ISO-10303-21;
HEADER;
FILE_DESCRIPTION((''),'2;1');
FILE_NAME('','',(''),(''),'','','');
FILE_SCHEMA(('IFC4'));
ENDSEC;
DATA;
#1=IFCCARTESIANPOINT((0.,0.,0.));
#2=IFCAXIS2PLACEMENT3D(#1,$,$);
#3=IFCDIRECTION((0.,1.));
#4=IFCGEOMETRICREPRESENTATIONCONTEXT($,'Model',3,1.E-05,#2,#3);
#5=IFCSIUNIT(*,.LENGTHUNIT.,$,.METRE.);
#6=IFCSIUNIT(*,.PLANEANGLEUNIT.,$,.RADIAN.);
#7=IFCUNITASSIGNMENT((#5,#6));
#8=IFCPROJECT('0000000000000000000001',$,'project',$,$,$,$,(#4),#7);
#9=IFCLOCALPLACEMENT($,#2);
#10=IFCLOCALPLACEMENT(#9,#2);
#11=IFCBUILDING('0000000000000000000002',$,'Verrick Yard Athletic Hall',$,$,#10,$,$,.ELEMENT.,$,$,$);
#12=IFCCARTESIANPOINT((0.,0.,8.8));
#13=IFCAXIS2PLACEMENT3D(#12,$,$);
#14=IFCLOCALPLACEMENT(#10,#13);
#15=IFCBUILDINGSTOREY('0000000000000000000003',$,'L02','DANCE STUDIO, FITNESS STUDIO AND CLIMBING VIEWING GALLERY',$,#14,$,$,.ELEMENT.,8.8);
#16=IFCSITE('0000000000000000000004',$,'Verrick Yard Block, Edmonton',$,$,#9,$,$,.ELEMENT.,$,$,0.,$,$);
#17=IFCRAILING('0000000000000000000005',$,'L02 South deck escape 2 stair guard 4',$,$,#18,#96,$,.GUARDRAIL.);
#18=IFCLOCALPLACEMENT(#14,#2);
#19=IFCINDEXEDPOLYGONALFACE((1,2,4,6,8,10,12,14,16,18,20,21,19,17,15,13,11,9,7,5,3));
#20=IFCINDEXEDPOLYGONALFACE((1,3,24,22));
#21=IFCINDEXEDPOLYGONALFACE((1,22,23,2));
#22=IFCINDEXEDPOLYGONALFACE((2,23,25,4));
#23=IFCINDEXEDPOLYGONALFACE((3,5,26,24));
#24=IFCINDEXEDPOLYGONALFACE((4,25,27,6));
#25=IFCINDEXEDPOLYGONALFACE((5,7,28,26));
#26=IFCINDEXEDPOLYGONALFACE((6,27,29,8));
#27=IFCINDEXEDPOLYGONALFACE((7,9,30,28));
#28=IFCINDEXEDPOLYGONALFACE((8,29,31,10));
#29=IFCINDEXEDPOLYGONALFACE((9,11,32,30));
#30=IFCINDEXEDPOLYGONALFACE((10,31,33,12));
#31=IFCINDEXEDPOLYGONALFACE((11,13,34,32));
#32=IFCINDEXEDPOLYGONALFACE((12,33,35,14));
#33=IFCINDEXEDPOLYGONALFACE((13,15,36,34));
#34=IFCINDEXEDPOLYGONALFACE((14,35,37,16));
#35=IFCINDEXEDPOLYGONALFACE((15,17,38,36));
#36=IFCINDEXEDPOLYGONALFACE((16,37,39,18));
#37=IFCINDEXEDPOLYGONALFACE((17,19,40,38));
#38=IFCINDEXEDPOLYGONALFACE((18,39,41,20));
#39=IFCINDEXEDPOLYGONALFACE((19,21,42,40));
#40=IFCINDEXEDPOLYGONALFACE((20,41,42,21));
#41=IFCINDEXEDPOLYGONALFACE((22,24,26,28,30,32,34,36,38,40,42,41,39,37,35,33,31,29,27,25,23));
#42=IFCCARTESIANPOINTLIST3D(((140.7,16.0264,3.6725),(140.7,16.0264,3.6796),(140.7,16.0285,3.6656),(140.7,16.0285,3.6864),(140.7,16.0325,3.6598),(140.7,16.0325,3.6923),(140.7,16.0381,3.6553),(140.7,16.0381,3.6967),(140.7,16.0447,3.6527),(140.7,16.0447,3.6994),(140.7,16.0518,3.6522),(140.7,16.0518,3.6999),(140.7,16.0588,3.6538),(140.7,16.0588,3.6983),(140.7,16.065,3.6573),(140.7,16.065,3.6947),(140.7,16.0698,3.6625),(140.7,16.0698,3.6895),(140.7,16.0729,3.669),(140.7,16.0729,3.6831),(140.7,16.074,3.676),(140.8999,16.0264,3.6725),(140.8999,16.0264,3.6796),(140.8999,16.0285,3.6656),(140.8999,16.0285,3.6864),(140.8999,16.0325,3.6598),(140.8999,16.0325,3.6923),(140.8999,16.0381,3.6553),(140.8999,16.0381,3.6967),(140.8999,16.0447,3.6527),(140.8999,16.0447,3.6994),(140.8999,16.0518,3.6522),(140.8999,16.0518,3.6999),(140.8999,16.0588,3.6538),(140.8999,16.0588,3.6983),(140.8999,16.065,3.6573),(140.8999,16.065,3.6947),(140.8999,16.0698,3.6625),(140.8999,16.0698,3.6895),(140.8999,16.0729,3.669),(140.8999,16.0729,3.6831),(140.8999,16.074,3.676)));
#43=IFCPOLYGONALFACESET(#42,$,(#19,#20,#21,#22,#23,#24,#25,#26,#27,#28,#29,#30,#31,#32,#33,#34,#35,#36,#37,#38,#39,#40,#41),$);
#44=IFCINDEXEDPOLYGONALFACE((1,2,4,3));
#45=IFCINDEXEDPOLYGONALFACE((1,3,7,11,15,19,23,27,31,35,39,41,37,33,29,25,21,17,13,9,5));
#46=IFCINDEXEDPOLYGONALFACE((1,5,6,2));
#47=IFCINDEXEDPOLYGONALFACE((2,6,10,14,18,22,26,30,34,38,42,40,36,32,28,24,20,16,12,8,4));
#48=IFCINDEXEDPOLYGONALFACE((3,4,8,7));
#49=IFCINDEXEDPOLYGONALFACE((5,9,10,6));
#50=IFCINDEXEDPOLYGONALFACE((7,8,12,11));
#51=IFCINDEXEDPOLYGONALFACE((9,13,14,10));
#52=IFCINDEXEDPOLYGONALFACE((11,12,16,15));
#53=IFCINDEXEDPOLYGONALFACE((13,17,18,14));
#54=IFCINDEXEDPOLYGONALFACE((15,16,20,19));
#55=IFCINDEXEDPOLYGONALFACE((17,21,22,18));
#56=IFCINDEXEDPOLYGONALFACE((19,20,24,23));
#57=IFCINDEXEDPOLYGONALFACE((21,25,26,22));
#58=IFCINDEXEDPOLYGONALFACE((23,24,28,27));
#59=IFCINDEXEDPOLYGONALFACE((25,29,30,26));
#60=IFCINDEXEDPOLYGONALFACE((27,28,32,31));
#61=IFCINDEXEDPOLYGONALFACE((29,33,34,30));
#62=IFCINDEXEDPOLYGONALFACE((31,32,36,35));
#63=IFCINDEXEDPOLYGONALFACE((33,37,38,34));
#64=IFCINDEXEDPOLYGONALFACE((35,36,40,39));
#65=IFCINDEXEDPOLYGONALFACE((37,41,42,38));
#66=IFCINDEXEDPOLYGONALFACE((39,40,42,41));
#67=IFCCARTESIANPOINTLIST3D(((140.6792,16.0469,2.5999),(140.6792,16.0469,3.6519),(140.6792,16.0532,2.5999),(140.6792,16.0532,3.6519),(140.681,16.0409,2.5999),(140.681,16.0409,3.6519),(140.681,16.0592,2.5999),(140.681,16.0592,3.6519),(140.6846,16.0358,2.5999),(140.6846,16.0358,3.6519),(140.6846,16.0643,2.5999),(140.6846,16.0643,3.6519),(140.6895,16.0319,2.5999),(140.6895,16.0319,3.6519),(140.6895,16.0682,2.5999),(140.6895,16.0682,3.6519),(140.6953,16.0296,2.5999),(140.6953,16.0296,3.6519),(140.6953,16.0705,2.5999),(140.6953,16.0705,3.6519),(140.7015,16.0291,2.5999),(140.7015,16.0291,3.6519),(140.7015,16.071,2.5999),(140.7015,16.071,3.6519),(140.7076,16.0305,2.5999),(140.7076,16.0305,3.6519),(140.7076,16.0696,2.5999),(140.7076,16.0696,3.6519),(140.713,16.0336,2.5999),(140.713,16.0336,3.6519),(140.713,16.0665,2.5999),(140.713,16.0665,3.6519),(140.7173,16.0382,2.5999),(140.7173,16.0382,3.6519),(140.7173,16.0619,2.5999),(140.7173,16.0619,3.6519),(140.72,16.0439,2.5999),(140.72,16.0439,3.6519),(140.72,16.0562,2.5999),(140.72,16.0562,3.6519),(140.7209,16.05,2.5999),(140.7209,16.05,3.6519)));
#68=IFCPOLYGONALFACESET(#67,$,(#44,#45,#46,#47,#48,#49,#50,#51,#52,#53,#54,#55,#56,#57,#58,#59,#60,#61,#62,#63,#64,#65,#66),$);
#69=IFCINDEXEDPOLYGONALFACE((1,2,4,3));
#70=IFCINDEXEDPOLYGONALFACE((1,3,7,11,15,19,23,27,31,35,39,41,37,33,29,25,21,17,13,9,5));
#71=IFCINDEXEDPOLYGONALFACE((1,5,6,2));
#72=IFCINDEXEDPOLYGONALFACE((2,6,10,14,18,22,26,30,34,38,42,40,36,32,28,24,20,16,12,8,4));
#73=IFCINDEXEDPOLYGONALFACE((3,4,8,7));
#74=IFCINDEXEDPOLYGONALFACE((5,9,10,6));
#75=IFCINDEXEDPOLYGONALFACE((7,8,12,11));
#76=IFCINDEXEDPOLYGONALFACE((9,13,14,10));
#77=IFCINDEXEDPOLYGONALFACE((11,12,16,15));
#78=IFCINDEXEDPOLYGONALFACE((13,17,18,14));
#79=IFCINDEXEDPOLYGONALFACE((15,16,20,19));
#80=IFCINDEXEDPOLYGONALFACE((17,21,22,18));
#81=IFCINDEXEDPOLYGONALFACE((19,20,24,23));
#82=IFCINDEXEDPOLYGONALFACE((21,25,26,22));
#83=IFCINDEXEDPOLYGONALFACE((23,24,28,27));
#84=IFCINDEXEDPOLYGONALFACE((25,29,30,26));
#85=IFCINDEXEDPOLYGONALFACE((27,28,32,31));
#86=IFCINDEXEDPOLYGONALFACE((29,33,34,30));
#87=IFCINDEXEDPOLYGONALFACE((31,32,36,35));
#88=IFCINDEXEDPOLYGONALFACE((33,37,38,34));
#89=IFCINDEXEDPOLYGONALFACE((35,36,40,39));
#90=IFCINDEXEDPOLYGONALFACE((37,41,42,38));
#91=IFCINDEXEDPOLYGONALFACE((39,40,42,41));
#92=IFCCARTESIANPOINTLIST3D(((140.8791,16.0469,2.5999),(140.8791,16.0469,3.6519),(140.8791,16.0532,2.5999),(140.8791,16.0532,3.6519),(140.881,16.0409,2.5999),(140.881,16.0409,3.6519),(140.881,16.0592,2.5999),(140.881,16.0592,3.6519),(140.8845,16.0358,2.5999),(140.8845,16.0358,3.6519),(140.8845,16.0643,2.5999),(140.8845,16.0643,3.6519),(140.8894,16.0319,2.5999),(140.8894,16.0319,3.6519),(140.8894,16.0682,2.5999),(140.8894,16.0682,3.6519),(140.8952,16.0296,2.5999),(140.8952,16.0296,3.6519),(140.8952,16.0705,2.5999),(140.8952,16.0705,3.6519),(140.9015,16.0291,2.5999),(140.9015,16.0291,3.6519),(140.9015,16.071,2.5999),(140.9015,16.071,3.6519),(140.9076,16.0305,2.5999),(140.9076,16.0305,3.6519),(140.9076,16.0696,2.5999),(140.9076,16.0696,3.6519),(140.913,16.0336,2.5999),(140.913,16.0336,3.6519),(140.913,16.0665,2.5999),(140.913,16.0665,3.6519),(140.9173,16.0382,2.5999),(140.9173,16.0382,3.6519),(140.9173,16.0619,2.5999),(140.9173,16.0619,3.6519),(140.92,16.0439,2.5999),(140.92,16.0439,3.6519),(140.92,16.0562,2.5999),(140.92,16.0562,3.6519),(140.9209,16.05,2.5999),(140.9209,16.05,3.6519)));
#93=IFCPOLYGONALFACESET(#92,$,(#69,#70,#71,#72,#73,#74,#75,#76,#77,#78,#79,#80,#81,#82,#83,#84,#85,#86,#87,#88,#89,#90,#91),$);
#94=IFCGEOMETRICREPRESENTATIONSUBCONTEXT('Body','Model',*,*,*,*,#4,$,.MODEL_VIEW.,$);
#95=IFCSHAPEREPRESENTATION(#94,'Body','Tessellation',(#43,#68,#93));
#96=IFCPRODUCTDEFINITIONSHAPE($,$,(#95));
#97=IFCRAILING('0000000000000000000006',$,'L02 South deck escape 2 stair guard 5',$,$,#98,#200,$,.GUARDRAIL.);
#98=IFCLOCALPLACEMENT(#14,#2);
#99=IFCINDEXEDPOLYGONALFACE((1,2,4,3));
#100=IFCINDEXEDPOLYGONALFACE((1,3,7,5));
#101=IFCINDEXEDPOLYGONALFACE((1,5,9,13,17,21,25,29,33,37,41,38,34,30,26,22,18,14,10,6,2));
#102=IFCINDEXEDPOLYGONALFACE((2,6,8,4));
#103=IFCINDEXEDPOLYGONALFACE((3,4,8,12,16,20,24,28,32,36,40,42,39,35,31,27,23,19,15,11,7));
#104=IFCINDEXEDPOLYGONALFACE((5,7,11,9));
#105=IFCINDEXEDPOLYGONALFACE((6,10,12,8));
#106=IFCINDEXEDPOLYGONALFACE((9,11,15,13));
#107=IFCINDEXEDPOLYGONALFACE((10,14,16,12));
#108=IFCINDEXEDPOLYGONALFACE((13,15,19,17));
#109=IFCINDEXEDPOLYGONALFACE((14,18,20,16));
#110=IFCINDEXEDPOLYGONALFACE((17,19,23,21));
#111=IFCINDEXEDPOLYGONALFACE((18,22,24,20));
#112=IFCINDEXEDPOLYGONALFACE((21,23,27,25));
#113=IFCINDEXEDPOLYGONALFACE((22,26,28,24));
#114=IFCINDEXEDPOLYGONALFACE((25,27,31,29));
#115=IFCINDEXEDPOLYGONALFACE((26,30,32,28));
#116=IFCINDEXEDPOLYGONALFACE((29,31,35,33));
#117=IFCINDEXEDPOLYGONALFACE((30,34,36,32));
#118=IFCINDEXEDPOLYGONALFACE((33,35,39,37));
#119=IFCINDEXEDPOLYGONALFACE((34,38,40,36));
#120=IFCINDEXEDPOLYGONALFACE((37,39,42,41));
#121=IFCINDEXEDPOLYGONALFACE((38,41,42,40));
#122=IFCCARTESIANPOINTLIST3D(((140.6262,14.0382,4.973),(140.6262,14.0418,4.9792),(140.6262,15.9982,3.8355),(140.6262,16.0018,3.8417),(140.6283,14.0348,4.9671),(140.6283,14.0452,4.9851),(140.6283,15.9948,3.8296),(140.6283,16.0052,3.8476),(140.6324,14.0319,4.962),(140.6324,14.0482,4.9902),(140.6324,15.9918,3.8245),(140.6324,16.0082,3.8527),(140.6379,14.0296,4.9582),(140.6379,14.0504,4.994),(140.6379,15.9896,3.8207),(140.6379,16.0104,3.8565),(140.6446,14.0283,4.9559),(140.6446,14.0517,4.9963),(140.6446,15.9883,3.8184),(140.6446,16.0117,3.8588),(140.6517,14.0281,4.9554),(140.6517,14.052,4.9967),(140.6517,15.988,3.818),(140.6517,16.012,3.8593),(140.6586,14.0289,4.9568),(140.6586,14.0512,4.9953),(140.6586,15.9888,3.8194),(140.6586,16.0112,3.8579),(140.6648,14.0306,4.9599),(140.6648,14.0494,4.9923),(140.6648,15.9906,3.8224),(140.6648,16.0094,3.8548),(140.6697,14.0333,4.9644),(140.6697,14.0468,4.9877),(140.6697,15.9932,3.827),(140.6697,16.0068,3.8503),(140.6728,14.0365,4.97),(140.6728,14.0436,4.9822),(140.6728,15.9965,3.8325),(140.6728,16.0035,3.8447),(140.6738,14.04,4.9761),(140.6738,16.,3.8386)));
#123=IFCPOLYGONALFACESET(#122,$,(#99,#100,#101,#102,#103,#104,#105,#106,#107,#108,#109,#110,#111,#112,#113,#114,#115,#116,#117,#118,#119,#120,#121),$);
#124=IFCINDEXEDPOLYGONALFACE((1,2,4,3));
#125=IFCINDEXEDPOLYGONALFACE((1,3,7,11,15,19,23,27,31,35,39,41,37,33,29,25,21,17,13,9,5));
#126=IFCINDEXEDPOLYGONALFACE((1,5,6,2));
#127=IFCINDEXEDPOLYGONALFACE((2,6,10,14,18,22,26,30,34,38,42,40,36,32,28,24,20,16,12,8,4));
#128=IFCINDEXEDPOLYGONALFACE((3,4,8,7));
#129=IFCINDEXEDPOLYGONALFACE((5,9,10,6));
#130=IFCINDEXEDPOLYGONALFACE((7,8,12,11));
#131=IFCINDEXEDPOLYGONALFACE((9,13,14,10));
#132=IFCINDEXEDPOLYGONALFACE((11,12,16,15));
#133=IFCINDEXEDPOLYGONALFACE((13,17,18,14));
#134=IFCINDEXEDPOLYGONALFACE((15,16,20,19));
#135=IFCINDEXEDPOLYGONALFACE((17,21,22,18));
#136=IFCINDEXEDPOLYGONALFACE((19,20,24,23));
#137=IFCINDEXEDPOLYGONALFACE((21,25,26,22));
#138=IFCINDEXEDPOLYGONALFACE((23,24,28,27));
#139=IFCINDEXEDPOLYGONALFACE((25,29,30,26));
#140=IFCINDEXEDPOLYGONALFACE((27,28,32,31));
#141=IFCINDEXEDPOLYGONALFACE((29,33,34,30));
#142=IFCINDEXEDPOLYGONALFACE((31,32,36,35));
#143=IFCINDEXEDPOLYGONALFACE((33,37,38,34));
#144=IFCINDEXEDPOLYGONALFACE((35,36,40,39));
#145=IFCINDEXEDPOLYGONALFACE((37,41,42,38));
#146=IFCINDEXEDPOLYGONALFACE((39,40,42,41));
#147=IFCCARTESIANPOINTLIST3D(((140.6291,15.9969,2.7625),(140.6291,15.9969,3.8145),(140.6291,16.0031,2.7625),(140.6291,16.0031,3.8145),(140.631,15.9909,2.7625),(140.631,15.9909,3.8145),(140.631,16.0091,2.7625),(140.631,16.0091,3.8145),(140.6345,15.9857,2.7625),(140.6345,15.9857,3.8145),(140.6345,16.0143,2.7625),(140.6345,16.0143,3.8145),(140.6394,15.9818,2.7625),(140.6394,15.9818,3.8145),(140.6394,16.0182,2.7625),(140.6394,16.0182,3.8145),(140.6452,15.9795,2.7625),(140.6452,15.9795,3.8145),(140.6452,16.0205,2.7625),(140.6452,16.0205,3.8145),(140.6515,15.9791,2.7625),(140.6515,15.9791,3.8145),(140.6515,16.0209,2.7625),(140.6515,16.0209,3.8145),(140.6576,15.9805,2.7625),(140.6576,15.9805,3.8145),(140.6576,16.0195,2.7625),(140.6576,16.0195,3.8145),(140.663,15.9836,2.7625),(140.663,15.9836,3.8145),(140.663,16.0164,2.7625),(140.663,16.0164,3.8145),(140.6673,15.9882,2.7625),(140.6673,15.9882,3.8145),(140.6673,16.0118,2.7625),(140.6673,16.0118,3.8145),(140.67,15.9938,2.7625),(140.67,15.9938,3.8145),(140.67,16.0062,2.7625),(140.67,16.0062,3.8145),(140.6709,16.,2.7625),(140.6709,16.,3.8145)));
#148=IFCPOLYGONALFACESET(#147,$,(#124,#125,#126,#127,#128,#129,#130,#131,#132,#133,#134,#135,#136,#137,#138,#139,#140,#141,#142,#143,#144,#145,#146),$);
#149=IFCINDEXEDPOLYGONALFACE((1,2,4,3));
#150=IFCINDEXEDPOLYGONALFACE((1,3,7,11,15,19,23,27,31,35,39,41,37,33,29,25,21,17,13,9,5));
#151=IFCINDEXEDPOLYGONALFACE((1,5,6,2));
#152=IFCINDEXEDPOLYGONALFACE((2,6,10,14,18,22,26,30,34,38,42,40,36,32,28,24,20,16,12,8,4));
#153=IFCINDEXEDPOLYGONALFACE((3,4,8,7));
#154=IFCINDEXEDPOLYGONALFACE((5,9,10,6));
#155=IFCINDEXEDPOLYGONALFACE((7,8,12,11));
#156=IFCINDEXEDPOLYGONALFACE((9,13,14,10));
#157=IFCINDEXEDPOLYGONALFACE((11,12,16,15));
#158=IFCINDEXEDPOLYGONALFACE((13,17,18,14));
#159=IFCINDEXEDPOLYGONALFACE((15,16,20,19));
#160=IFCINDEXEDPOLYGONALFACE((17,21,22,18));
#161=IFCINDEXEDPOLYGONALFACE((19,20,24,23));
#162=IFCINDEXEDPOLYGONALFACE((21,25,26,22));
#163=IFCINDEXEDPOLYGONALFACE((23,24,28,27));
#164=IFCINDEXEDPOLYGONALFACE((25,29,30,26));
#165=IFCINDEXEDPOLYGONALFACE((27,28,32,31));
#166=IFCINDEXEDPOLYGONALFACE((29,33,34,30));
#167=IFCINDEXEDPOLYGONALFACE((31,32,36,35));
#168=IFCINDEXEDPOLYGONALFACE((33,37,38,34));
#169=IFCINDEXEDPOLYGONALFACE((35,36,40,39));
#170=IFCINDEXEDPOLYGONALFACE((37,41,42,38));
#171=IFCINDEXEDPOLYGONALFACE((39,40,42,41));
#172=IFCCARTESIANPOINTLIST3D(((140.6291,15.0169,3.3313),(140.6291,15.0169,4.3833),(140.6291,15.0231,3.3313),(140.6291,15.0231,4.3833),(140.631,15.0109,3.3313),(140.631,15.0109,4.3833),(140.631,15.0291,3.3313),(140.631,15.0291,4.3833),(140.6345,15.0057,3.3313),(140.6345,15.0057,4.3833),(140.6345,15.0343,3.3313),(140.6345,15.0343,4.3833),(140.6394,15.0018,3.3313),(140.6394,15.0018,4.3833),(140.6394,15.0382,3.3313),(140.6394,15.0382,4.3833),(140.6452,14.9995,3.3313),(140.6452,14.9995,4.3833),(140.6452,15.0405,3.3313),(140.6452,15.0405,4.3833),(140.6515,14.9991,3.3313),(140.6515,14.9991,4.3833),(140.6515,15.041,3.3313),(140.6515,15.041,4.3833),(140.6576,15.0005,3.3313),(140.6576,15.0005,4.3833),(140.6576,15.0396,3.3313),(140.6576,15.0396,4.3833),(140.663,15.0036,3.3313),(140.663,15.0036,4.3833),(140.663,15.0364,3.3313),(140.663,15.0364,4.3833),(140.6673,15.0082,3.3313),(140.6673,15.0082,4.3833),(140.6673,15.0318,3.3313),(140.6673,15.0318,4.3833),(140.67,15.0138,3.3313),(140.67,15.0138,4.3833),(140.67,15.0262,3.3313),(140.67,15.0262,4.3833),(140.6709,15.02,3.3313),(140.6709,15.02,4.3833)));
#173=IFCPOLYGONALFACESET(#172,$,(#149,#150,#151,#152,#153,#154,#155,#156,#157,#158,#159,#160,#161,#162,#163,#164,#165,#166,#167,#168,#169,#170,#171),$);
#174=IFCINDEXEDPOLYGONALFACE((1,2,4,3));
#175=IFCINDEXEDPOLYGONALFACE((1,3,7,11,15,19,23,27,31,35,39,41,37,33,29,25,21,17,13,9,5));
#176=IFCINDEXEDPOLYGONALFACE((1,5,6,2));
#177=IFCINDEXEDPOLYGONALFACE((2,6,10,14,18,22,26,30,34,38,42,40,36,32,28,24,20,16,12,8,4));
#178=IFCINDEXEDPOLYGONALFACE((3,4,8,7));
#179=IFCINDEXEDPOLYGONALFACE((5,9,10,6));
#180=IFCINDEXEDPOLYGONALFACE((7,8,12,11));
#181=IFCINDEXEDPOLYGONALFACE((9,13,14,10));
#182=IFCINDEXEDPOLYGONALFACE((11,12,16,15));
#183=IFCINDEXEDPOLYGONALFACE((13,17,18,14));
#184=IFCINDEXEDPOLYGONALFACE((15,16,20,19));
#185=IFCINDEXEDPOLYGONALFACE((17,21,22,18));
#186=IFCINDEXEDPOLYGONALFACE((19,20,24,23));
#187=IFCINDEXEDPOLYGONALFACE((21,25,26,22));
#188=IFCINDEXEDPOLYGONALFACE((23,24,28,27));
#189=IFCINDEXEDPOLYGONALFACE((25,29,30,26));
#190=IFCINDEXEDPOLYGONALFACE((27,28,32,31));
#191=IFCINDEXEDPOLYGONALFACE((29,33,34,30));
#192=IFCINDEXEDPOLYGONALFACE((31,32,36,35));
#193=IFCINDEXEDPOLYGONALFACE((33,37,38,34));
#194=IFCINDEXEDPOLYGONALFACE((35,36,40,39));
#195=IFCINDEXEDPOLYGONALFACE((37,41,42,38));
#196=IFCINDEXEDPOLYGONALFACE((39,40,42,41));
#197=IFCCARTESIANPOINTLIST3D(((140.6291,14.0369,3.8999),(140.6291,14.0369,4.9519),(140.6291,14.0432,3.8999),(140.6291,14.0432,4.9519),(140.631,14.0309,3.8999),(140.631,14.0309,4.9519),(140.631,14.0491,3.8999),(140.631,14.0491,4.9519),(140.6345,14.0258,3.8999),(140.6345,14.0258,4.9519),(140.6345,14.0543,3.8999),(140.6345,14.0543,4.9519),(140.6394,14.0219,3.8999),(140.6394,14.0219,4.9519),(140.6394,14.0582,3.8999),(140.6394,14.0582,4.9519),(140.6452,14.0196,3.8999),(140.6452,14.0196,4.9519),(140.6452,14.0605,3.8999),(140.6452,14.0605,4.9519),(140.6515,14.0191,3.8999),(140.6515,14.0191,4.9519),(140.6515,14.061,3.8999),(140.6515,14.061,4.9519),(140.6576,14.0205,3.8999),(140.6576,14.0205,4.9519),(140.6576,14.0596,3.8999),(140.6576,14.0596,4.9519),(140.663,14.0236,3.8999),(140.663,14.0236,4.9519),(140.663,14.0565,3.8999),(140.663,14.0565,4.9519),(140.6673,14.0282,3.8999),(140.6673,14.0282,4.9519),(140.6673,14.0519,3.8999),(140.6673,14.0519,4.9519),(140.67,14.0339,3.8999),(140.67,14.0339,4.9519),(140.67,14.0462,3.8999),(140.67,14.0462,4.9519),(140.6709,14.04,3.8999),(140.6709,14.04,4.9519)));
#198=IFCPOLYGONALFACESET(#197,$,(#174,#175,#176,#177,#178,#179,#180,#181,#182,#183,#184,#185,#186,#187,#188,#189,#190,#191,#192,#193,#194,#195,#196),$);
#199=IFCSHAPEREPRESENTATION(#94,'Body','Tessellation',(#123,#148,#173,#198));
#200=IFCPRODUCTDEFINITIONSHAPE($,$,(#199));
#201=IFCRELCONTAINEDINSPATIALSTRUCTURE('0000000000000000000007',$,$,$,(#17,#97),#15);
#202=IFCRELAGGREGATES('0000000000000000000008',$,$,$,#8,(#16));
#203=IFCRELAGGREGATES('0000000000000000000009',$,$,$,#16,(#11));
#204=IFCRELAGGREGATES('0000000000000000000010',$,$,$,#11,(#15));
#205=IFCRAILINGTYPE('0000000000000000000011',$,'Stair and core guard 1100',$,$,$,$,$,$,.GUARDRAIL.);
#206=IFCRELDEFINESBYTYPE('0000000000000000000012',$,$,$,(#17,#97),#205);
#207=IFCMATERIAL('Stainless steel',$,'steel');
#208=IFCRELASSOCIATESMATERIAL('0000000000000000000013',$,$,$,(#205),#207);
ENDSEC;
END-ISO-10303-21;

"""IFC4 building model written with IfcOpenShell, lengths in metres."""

from ifc_helpers import new_model, si_unit, direction, frame, origin, origin_2d, place, context, subcontext, project, spatial, circle, extrude, material, type_object, element, save


model = new_model("IFC4")

# Units and contexts
model_context = context("Model", 3, precision=1e-05, world=origin(), true_north=direction((0.0, 1.0)))
body_context = subcontext(model_context, "Body", "Model", "MODEL_VIEW")
ifc_project = project(units=[si_unit("LENGTHUNIT", "METRE"), si_unit("PLANEANGLEUNIT", "RADIAN")], contexts=[model_context])

# Site, building, storey
site_placement = place(None, origin())
site = spatial("IfcSite", under=ifc_project, at=site_placement, Name="Verrick Yard Block, Edmonton", CompositionType="ELEMENT", RefElevation=0.0)
building_placement = place(site_placement, origin())
building = spatial("IfcBuilding", under=site, at=building_placement, Name="Verrick Yard Athletic Hall", CompositionType="ELEMENT")
storey_placement = place(building_placement, frame((0.0, 0.0, 8.8)))
storey = spatial("IfcBuildingStorey", under=building, at=storey_placement, Name="L02", Description="DANCE STUDIO, FITNESS STUDIO AND CLIMBING VIEWING GALLERY", CompositionType="ELEMENT", Elevation=8.8)

# Railings
ifc_material_1 = material(Name="Stainless steel", Category="steel")
railing_type_1 = type_object("IfcRailingType", Name="Stair and core guard 1100", PredefinedType="GUARDRAIL", material=ifc_material_1)
railing_1_placement = place(storey_placement, frame((140.7, 16.05, 2.5999)))
element("IfcRailing", 1, at=railing_1_placement, inside=storey, type_object=railing_type_1, Name="L02 South deck escape 2 stair guard 4", PredefinedType="GUARDRAIL", context=body_context, shape_type="SweptSolid", body=[
    extrude(circle(Radius=0.0239, at=origin_2d()), frame((0.0, 0.0, 1.0762), z_axis=(1.0, 0.0, 0.0), x_axis=(0.0, 1.0, 0.0)), (0.0, 0.0, 1.0), 0.2),
    extrude(circle(Radius=0.021, at=origin_2d()), origin(), (0.0, 0.0, 1.0), 1.052),
    extrude(circle(Radius=0.021, at=origin_2d()), frame((0.2, 0.0, 0.0)), (0.0, 0.0, 1.0), 1.052),
])
railing_2_placement = place(storey_placement, frame((140.6499, 16.0, 2.7625)))
element("IfcRailing", 2, at=railing_2_placement, inside=storey, type_object=railing_type_1, Name="L02 South deck escape 2 stair guard 5", PredefinedType="GUARDRAIL", context=body_context, shape_type="SweptSolid", body=[
    extrude(circle(Radius=0.0239, at=origin_2d()), frame((0.0, 0.0, 1.0762), z_axis=(0.0, -0.864902, 0.501941), x_axis=(1.0, 0.0, 0.0)), (0.0, 0.0, 1.0), 2.2661),
    extrude(circle(Radius=0.021, at=origin_2d()), origin(), (0.0, 0.0, 1.0), 1.052),
    extrude(circle(Radius=0.021, at=origin_2d()), frame((0.0, -0.98, 0.5688)), (0.0, 0.0, 1.0), 1.052),
    extrude(circle(Radius=0.021, at=origin_2d()), frame((0.0, -1.96, 1.1375)), (0.0, 0.0, 1.0), 1.052),
])

save(model, "model.ifc")
